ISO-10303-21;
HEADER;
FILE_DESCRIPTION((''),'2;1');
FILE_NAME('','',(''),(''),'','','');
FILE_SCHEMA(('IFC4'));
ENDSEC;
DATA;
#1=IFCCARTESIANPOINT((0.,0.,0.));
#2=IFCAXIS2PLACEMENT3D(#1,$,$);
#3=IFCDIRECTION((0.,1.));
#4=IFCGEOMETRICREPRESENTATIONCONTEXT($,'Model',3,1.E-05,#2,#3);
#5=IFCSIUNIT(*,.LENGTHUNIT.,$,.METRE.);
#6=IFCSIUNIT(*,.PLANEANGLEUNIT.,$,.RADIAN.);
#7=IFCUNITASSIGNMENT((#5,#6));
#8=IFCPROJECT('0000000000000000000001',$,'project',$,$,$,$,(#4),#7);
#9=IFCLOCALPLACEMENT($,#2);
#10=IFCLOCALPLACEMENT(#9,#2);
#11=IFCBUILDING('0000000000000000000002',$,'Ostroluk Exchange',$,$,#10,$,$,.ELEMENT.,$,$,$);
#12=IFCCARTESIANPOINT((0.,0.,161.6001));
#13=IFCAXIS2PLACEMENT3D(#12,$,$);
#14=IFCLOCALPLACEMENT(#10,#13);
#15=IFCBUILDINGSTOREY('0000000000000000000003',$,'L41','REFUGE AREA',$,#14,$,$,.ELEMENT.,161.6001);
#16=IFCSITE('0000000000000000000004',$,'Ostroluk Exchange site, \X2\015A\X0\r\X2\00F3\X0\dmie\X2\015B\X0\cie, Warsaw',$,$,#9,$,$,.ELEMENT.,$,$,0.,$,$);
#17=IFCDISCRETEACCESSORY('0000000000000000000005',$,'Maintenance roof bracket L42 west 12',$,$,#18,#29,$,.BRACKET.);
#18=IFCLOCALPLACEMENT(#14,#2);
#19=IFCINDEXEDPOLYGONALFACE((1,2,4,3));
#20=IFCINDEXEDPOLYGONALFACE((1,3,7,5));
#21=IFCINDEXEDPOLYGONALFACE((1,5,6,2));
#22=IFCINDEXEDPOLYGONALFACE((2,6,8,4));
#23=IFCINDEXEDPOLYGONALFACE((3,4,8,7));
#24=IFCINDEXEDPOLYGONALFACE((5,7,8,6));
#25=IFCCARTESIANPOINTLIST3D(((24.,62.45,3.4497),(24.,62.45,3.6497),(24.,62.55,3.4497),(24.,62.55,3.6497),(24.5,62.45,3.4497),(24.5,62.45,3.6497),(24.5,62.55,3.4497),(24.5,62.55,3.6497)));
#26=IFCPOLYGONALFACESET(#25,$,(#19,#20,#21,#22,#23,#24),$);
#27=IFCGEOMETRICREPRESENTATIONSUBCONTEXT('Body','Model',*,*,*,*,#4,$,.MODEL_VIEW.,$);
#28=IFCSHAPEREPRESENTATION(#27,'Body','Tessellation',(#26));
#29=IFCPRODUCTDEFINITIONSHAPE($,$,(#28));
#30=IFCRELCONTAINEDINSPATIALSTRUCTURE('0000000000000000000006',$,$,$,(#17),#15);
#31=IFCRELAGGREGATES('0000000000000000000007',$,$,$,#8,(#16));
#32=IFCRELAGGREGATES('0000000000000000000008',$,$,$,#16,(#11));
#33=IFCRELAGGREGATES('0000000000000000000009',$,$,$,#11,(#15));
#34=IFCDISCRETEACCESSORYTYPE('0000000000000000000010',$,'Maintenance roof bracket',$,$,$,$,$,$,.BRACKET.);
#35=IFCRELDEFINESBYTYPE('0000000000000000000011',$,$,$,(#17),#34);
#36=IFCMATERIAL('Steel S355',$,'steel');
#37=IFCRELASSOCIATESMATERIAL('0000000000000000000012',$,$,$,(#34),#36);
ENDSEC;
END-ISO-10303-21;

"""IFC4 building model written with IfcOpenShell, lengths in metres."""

from ifc_helpers import new_model, si_unit, direction, frame, origin, origin_2d, place, context, subcontext, project, spatial, rectangle, extrude, material, type_object, element, save


model = new_model("IFC4")

# Units and contexts
model_context = context("Model", 3, precision=1e-05, world=origin(), true_north=direction((0.0, 1.0)))
body_context = subcontext(model_context, "Body", "Model", "MODEL_VIEW")
ifc_project = project(units=[si_unit("LENGTHUNIT", "METRE"), si_unit("PLANEANGLEUNIT", "RADIAN")], contexts=[model_context])

# Site, building, storey
site_placement = place(None, origin())
site = spatial("IfcSite", under=ifc_project, at=site_placement, Name="Ostroluk Exchange site, Śródmieście, Warsaw", CompositionType="ELEMENT", RefElevation=0.0)
building_placement = place(site_placement, origin())
building = spatial("IfcBuilding", under=site, at=building_placement, Name="Ostroluk Exchange", CompositionType="ELEMENT")
storey_placement = place(building_placement, frame((0.0, 0.0, 161.6001)))
storey = spatial("IfcBuildingStorey", under=building, at=storey_placement, Name="L41", Description="REFUGE AREA", CompositionType="ELEMENT", Elevation=161.6001)

# Discrete accessory
ifc_material_1 = material(Name="Steel S355", Category="steel")
discrete_accessory_type = type_object("IfcDiscreteAccessoryType", Name="Maintenance roof bracket", PredefinedType="BRACKET", material=ifc_material_1)
for number, where, z_axis, x_axis, name in (
    (1, (24.25, 62.5, 3.4497), (0.0, 0.0, 1.0), (1.0, 0.0, 0.0), "Maintenance roof bracket L42 west 12"),
):
    element("IfcDiscreteAccessory", number, at=place(storey_placement, frame(where, z_axis=z_axis, x_axis=x_axis)), inside=storey, type_object=discrete_accessory_type, Name=name, PredefinedType="BRACKET", context=body_context, shape_type="SweptSolid", body=[
        extrude(rectangle(XDim=0.5, YDim=0.1001, at=origin_2d()), origin(), (0.0, 0.0, 1.0), 0.2),
    ])

save(model, "model.ifc")
